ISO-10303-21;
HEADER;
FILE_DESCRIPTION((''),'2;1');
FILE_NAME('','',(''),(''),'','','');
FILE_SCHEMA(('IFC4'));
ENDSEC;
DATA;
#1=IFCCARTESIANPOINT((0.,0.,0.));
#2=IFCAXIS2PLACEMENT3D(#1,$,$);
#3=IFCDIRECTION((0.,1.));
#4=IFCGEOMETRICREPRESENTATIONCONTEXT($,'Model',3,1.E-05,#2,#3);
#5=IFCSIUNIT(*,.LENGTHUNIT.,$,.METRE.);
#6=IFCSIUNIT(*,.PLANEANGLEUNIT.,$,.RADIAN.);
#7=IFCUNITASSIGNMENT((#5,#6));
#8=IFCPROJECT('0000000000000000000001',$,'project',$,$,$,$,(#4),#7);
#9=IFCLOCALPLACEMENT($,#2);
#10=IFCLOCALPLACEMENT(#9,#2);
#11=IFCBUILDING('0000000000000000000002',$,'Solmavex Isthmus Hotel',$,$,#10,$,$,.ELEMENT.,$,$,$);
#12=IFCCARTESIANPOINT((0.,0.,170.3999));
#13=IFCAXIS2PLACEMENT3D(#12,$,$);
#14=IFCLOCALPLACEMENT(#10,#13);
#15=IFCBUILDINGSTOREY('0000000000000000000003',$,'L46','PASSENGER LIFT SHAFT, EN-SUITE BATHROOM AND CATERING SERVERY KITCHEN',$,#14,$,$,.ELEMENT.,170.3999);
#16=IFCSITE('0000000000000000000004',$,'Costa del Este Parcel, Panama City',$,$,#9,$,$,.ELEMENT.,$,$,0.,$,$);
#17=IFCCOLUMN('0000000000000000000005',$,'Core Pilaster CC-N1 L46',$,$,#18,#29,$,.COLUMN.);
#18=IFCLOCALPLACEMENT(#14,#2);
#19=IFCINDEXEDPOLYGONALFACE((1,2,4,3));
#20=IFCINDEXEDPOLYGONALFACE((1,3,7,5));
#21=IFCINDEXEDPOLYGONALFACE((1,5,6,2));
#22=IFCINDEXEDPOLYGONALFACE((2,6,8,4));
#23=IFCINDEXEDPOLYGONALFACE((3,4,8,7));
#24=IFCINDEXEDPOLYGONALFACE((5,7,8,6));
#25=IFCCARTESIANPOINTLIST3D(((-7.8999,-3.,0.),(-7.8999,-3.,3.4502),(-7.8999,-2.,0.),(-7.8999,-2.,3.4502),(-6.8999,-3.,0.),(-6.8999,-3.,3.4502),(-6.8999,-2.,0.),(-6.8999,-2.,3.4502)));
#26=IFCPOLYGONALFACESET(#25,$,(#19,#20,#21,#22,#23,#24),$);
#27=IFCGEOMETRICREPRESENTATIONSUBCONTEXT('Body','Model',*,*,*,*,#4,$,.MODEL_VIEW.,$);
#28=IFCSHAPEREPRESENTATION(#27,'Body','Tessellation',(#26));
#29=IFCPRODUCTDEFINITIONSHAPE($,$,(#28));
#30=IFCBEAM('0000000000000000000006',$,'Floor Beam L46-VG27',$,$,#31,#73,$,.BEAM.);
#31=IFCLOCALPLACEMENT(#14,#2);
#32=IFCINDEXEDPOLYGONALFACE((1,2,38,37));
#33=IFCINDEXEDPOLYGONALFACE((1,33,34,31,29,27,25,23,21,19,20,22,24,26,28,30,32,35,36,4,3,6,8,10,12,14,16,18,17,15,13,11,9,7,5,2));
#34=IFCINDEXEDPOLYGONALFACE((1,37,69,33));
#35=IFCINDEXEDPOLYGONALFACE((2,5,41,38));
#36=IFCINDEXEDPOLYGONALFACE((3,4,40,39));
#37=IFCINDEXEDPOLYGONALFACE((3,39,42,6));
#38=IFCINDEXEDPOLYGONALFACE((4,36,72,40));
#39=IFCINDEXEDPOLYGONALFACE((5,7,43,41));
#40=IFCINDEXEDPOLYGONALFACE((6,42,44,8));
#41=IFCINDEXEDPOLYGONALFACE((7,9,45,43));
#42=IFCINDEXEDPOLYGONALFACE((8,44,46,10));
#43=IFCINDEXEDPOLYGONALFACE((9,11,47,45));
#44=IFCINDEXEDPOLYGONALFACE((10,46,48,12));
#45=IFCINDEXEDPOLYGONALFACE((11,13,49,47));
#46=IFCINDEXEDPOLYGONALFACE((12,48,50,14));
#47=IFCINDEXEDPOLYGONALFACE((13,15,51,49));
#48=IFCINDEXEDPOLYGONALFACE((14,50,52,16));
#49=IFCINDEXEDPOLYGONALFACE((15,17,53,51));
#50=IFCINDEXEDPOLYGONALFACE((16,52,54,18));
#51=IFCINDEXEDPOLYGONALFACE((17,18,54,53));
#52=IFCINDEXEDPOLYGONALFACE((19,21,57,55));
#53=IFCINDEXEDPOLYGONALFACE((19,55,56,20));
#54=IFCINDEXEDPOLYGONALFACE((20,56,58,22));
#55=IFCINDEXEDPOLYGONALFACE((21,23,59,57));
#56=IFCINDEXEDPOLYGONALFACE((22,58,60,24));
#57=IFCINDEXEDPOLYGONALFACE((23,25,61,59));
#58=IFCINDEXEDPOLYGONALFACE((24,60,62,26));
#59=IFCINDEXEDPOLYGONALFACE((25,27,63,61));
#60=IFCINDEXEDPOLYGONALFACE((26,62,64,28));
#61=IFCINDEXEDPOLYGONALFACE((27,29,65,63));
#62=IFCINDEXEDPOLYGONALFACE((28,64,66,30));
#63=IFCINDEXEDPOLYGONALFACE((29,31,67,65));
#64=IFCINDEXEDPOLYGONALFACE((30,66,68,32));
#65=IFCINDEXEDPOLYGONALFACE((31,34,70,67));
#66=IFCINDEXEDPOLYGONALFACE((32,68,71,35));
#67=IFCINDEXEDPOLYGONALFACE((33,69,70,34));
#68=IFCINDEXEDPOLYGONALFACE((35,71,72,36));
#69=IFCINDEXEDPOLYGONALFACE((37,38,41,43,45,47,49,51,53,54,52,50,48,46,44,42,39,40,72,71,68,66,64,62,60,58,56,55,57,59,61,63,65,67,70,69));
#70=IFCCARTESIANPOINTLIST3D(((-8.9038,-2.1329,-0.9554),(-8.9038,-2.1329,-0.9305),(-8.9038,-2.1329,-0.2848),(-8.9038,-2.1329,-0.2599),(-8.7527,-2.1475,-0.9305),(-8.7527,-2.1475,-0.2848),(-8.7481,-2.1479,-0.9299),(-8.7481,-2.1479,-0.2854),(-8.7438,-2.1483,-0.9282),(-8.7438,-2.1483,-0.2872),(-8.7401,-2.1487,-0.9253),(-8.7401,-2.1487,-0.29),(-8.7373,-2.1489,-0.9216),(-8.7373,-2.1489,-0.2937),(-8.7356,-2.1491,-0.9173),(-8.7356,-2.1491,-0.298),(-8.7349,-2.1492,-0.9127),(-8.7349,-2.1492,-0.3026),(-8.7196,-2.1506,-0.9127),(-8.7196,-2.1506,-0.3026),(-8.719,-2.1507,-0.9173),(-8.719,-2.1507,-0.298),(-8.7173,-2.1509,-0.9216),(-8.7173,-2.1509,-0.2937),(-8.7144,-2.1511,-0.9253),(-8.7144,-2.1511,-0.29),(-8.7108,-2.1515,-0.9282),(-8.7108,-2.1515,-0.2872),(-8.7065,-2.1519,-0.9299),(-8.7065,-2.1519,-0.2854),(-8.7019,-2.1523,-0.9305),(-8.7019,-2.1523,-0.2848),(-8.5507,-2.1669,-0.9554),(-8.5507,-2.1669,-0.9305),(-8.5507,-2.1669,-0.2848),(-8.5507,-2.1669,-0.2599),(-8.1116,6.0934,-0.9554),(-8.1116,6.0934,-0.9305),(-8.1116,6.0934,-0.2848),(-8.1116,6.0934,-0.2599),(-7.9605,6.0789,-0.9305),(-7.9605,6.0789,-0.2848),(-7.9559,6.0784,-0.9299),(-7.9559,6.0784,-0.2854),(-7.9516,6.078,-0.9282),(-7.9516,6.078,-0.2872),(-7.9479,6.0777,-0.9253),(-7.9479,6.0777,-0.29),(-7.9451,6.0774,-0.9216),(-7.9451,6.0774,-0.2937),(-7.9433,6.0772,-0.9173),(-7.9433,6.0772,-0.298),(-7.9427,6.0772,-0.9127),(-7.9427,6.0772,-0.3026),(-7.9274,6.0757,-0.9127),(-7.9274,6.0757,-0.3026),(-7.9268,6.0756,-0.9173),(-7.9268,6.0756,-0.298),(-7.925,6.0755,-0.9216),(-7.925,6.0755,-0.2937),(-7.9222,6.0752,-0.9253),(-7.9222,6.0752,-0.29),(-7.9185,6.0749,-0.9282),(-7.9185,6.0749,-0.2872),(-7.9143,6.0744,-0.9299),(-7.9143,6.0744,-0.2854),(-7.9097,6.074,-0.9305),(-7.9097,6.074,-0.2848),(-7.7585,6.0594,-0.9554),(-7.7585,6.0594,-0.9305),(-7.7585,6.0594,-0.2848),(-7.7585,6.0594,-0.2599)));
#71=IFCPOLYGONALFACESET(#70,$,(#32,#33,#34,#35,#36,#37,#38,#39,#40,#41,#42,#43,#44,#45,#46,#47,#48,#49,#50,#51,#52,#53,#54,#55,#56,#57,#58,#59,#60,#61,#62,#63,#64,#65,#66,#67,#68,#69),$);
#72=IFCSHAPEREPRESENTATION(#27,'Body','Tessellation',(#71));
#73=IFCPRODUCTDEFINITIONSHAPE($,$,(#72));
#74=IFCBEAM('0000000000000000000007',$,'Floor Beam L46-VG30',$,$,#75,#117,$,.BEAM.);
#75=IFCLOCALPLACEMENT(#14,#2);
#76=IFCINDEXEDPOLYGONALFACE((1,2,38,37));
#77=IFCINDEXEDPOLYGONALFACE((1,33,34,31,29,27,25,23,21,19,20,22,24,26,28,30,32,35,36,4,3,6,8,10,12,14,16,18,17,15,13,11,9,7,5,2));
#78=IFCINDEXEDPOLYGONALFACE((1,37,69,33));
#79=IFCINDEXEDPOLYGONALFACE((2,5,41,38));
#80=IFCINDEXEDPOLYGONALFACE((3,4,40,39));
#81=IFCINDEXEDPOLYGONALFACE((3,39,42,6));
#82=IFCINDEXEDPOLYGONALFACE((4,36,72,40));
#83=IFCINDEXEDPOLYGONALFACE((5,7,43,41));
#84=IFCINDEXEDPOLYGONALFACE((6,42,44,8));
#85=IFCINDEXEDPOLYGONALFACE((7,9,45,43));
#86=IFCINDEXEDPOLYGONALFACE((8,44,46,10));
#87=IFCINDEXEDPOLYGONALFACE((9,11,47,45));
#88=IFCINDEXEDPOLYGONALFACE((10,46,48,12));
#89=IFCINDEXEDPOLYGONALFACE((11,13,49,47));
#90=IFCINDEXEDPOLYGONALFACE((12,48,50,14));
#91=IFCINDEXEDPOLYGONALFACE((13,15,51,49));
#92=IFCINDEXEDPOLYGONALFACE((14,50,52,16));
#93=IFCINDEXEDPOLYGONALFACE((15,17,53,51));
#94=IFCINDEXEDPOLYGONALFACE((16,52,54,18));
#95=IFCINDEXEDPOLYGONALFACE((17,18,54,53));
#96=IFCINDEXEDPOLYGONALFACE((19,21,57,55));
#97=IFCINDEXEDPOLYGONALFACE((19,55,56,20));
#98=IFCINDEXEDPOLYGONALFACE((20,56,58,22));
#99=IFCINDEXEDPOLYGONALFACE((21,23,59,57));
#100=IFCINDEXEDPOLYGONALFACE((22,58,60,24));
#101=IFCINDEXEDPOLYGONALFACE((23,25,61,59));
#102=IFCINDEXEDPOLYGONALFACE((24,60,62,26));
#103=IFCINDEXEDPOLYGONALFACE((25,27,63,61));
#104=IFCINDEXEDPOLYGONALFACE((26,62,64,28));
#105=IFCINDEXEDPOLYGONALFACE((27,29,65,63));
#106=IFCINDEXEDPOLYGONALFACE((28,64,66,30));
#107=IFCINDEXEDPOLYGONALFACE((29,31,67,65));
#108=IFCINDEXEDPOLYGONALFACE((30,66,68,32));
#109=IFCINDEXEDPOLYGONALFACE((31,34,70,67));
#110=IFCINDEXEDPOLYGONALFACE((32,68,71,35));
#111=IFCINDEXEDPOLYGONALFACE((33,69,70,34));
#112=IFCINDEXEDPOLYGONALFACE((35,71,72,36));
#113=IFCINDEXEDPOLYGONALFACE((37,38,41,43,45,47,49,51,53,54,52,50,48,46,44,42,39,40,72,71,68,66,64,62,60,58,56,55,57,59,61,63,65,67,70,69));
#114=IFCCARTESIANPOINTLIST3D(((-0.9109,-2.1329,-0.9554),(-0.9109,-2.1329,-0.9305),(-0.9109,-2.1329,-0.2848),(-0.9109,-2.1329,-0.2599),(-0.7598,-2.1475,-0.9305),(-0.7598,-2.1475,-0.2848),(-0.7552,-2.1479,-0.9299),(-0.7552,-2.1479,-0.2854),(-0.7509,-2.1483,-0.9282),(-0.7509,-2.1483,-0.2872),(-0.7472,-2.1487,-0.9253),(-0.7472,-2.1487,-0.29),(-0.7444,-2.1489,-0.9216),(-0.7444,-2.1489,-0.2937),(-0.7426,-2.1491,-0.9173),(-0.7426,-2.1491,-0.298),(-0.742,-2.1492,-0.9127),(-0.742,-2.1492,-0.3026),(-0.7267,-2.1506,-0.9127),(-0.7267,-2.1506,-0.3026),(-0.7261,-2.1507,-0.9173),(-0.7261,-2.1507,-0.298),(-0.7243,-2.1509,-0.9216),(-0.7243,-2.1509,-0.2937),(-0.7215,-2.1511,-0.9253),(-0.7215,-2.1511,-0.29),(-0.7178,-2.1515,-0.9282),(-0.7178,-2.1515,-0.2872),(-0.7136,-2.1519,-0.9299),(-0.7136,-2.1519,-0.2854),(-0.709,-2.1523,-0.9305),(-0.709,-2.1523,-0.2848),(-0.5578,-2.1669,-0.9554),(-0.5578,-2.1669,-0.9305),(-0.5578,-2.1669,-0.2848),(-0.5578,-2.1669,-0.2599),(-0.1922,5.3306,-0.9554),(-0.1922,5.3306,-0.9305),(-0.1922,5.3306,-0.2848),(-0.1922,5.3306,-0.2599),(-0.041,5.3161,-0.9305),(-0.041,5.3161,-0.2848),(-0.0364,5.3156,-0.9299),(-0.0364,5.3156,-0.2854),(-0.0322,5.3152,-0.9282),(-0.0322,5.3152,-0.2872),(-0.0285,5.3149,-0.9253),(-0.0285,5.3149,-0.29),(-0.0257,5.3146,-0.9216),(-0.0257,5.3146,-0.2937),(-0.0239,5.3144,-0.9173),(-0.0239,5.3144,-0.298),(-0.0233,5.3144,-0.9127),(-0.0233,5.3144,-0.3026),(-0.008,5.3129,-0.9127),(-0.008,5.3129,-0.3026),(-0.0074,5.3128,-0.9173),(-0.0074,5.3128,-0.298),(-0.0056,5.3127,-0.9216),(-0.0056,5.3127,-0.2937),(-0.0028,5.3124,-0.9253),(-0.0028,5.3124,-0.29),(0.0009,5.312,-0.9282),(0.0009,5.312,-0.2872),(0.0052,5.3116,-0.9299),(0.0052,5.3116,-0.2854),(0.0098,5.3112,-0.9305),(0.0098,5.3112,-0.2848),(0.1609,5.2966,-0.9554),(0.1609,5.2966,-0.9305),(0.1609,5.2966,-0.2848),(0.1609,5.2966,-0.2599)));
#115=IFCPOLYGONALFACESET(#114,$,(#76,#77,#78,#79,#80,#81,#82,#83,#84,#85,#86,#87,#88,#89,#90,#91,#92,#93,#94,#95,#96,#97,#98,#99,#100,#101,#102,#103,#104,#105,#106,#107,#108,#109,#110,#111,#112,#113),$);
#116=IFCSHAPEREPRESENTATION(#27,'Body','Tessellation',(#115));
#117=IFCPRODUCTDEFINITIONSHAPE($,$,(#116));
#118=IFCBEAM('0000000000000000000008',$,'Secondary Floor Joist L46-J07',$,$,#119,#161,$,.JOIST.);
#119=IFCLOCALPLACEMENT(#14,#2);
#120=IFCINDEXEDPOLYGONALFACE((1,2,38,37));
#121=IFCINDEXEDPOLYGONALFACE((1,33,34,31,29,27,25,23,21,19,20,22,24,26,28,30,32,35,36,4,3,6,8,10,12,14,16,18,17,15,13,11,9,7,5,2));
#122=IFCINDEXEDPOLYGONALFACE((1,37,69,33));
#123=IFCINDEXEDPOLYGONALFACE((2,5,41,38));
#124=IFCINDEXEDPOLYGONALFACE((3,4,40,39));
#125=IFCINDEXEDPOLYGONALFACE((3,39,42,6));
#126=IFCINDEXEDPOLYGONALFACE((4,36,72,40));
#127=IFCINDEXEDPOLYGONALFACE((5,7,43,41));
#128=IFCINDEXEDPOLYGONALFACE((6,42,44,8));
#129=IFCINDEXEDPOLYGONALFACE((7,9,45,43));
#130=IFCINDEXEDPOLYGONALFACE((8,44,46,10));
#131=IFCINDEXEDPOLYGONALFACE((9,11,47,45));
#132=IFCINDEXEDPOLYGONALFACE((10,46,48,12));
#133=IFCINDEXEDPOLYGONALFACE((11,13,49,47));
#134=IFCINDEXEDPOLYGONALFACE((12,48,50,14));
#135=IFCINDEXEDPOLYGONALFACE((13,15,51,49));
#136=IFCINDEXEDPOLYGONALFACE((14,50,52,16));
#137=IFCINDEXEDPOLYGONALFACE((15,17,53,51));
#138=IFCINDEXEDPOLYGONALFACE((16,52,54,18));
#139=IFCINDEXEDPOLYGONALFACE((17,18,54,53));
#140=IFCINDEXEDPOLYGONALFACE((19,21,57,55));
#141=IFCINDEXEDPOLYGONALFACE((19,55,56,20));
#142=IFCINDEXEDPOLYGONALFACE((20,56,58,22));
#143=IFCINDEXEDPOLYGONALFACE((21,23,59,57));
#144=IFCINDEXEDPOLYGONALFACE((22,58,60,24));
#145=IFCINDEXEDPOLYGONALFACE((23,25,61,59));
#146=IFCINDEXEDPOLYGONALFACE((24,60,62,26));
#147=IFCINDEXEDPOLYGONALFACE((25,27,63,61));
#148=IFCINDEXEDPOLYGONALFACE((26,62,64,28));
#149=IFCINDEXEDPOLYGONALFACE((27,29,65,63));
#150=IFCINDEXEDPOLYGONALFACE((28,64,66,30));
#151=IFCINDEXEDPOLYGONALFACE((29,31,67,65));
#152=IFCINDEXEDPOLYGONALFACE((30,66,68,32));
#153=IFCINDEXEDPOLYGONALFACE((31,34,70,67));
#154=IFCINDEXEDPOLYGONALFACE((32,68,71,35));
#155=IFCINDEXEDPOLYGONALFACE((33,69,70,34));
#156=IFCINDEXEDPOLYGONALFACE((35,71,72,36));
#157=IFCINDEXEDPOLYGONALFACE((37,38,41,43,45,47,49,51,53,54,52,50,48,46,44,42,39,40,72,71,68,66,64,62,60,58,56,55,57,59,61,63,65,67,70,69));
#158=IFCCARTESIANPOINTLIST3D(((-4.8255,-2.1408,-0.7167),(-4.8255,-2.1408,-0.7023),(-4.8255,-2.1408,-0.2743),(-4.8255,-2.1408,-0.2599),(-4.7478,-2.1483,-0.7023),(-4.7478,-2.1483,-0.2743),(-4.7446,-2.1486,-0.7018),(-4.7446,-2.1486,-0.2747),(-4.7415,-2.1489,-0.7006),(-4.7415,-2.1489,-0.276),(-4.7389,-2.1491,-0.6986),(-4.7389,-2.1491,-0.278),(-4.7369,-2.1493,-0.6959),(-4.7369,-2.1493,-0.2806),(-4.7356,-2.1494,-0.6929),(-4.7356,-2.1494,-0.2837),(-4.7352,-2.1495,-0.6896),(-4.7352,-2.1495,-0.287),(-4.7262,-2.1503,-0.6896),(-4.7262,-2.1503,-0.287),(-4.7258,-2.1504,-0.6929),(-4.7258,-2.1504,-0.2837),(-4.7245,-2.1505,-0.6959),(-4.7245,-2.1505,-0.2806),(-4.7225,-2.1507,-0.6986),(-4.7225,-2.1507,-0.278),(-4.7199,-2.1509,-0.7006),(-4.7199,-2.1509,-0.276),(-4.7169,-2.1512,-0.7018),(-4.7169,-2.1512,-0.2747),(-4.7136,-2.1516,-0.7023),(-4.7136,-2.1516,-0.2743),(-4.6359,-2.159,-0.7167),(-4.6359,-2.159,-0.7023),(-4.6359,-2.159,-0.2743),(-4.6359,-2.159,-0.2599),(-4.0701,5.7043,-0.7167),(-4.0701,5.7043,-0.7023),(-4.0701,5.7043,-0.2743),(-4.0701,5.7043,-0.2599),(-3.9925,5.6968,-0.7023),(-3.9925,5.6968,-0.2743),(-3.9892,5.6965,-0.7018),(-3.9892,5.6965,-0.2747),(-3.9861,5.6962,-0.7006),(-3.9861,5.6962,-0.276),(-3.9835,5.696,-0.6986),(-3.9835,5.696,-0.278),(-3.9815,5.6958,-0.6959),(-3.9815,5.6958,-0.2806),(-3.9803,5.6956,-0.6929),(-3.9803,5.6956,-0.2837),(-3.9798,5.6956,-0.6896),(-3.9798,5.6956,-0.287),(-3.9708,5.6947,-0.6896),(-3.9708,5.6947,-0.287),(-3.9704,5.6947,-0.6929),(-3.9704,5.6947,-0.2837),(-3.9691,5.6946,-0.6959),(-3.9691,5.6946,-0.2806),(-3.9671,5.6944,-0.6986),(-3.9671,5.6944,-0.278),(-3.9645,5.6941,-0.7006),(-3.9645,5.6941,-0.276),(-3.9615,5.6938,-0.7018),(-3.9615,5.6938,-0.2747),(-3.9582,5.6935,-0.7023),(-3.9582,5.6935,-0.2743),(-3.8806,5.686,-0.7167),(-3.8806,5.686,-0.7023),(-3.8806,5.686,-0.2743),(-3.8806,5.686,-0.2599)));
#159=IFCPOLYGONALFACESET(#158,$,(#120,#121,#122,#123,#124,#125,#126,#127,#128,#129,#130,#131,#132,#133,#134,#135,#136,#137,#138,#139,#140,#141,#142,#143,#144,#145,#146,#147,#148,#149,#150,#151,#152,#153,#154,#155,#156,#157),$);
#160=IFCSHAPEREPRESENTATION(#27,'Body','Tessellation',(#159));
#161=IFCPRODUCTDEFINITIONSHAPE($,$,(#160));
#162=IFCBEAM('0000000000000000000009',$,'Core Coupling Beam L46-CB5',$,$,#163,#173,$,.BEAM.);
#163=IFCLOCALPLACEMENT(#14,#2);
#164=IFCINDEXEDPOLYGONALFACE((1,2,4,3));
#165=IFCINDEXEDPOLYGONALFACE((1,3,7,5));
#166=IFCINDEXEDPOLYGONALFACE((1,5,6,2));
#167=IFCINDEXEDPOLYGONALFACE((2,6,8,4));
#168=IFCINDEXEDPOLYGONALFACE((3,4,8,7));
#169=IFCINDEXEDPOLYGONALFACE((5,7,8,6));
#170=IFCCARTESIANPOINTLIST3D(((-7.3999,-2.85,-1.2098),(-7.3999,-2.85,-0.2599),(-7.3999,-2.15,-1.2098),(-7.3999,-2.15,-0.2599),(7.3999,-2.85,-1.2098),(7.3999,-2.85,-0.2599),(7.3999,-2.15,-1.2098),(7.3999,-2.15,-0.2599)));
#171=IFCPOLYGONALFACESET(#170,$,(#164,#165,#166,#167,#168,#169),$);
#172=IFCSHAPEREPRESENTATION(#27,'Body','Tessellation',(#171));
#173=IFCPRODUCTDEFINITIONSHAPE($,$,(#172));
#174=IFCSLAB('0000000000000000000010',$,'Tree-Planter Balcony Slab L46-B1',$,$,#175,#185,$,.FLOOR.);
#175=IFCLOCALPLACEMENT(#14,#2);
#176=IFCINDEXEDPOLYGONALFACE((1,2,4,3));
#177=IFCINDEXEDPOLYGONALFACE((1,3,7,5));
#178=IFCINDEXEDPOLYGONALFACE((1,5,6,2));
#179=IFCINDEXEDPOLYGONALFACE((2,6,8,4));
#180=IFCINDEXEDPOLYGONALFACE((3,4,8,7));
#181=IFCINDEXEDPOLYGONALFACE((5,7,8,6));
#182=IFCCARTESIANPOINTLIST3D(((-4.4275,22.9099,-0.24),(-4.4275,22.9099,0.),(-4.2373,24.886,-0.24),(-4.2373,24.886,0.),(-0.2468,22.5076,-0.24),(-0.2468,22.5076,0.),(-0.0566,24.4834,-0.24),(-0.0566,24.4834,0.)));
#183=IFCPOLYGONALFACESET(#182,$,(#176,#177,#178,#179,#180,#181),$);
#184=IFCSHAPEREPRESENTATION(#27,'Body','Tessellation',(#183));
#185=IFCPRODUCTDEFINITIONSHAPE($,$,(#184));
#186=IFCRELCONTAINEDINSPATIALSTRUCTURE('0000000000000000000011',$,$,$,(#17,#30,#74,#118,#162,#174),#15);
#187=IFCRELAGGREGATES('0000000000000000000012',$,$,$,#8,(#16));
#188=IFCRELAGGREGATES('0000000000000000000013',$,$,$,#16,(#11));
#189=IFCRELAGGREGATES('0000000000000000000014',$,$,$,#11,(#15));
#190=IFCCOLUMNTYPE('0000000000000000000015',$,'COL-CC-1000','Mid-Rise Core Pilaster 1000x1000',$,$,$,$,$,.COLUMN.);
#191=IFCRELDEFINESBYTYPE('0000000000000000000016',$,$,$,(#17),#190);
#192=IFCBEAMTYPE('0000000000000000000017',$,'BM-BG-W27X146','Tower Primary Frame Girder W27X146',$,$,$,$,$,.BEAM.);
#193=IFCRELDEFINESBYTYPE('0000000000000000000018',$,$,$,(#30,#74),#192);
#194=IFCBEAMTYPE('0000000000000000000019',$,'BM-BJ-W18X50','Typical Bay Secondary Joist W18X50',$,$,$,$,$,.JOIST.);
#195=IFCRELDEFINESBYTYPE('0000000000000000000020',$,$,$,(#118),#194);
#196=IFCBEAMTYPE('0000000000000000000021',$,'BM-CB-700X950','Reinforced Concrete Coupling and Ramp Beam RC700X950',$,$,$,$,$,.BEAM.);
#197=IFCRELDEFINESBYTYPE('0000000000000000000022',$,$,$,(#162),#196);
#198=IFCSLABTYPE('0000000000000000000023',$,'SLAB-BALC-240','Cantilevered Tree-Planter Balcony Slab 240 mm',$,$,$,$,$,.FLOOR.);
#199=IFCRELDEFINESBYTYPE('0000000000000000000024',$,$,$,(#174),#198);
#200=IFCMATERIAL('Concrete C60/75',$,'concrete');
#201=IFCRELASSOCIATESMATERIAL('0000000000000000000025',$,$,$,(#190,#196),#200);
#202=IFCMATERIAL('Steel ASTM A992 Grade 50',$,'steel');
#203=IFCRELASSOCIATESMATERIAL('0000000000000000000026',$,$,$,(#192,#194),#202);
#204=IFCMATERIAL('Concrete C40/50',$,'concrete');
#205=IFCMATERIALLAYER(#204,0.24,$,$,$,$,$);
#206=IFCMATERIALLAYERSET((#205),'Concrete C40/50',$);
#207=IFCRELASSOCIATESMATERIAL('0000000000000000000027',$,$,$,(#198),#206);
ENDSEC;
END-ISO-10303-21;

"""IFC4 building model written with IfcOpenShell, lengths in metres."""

from ifc_helpers import new_model, si_unit, direction, frame, origin, origin_2d, place, context, subcontext, project, spatial, polyline, rectangle, i_section, outline, extrude, material, layer, layer_set, material_profile, profile_set, type_object, element, save


model = new_model("IFC4")

# Units and contexts
model_context = context("Model", 3, precision=1e-05, world=origin(), true_north=direction((0.0, 1.0)))
body_context = subcontext(model_context, "Body", "Model", "MODEL_VIEW")
ifc_project = project(units=[si_unit("LENGTHUNIT", "METRE"), si_unit("PLANEANGLEUNIT", "RADIAN")], contexts=[model_context])

# Site, building, storey
site_placement = place(None, origin())
site = spatial("IfcSite", under=ifc_project, at=site_placement, Name="Costa del Este Parcel, Panama City", CompositionType="ELEMENT", RefElevation=0.0)
building_placement = place(site_placement, origin())
building = spatial("IfcBuilding", under=site, at=building_placement, Name="Solmavex Isthmus Hotel", CompositionType="ELEMENT")
storey_placement = place(building_placement, frame((0.0, 0.0, 170.3999)))
storey = spatial("IfcBuildingStorey", under=building, at=storey_placement, Name="L46", Description="PASSENGER LIFT SHAFT, EN-SUITE BATHROOM AND CATERING SERVERY KITCHEN", CompositionType="ELEMENT", Elevation=170.3999)

# Column
ifc_material_1 = material(Name="Concrete C60/75", Category="concrete")
ifc_material_profile_1 = material_profile(ifc_material_1, rectangle(XDim=1.0, YDim=1.0, at=origin_2d()), Name="RC1000X1000")
ifc_profile_set_1 = profile_set([ifc_material_profile_1], Name="Concrete C60/75")
column_type = type_object("IfcColumnType", Name="COL-CC-1000", Description="Mid-Rise Core Pilaster 1000x1000", PredefinedType="COLUMN", material=ifc_profile_set_1)
column_placement = place(storey_placement, frame((-7.3999, -2.5, 0.0), z_axis=(0.0, 0.0, 1.0), x_axis=(1.0, 0.0, 0.0)))
element("IfcColumn", 1, at=column_placement, inside=storey, type_object=column_type, Name="Core Pilaster CC-N1 L46", PredefinedType="COLUMN", context=body_context, shape_type="SweptSolid", body=[
    extrude(rectangle(XDim=1.0, YDim=1.0, at=origin_2d()), origin(), (0.0, 0.0, 1.0), 3.4502),
])

# Beams
ifc_material_2 = material(Name="Steel ASTM A992 Grade 50", Category="steel")
ifc_material_profile_2 = material_profile(ifc_material_2, i_section(OverallWidth=0.3547, OverallDepth=0.6956, WebThickness=0.0154, FlangeThickness=0.0249, FilletRadius=0.0178, at=origin_2d()), Name="W27X146")
ifc_profile_set_2 = profile_set([ifc_material_profile_2], Name="Steel ASTM A992 Grade 50")
beam_type_1 = type_object("IfcBeamType", Name="BM-BG-W27X146", Description="Tower Primary Frame Girder W27X146", PredefinedType="BEAM", material=ifc_profile_set_2)
beam_1_placement = place(storey_placement, frame((-8.7273, -2.1499, -0.6077), z_axis=(0.095862, 0.995395, 0.0), x_axis=(-0.995395, 0.095862, 0.0)))
element("IfcBeam", 2, at=beam_1_placement, inside=storey, type_object=beam_type_1, Name="Floor Beam L46-VG27", PredefinedType="BEAM", context=body_context, shape_type="SweptSolid", body=[
    extrude(i_section(OverallWidth=0.3547, OverallDepth=0.6956, WebThickness=0.0154, FlangeThickness=0.0249, FilletRadius=0.0178, at=origin_2d()), origin(), (0.0, 0.0, 1.0), 8.2644),
])
beam_2_placement = place(storey_placement, frame((-0.7344, -2.1499, -0.6077), z_axis=(0.095857, 0.995395, 0.0), x_axis=(-0.995395, 0.095857, 0.0)))
element("IfcBeam", 3, at=beam_2_placement, inside=storey, type_object=beam_type_1, Name="Floor Beam L46-VG30", PredefinedType="BEAM", context=body_context, shape_type="SweptSolid", body=[
    extrude(i_section(OverallWidth=0.3547, OverallDepth=0.6956, WebThickness=0.0154, FlangeThickness=0.0249, FilletRadius=0.0178, at=origin_2d()), origin(), (0.0, 0.0, 1.0), 7.498),
])
ifc_material_profile_3 = material_profile(ifc_material_2, i_section(OverallWidth=0.1904, OverallDepth=0.4568, WebThickness=0.009, FlangeThickness=0.0144, FilletRadius=0.0127, at=origin_2d()), Name="W18X50")
ifc_profile_set_3 = profile_set([ifc_material_profile_3], Name="Steel ASTM A992 Grade 50")
beam_type_2 = type_object("IfcBeamType", Name="BM-BJ-W18X50", Description="Typical Bay Secondary Joist W18X50", PredefinedType="JOIST", material=ifc_profile_set_3)
beam_3_placement = place(storey_placement, frame((-4.7307, -2.1499, -0.4883), z_axis=(0.095844, 0.995396, 0.0), x_axis=(-0.995396, 0.095844, 0.0)))
element("IfcBeam", 4, at=beam_3_placement, inside=storey, type_object=beam_type_2, Name="Secondary Floor Joist L46-J07", PredefinedType="JOIST", context=body_context, shape_type="SweptSolid", body=[
    extrude(i_section(OverallWidth=0.1904, OverallDepth=0.4568, WebThickness=0.009, FlangeThickness=0.0144, FilletRadius=0.0127, at=origin_2d()), origin(), (0.0, 0.0, 1.0), 7.8813),
])
ifc_material_profile_4 = material_profile(ifc_material_1, rectangle(XDim=0.7, YDim=0.95, at=origin_2d()), Name="RC700X950")
ifc_profile_set_4 = profile_set([ifc_material_profile_4], Name="Concrete C60/75")
beam_type_3 = type_object("IfcBeamType", Name="BM-CB-700X950", Description="Reinforced Concrete Coupling and Ramp Beam RC700X950", PredefinedType="BEAM", material=ifc_profile_set_4)
beam_4_placement = place(storey_placement, frame((-7.3999, -2.5, -0.7349), z_axis=(1.0, 0.0, 0.0), x_axis=(0.0, 1.0, 0.0)))
element("IfcBeam", 5, at=beam_4_placement, inside=storey, type_object=beam_type_3, Name="Core Coupling Beam L46-CB5", PredefinedType="BEAM", context=body_context, shape_type="SweptSolid", body=[
    extrude(rectangle(XDim=0.7, YDim=0.95, at=origin_2d()), origin(), (0.0, 0.0, 1.0), 14.7998),
])

# Slab
ifc_material_3 = material(Name="Concrete C40/50", Category="concrete")
ifc_layer_1 = layer(ifc_material_3, 0.24)
ifc_layer_set_1 = layer_set([ifc_layer_1], Name="Concrete C40/50")
slab_type_1 = type_object("IfcSlabType", Name="SLAB-BALC-240", Description="Cantilevered Tree-Planter Balcony Slab 240 mm", PredefinedType="FLOOR", material=ifc_layer_set_1)
slab_1_placement = place(storey_placement, frame((0.0, 0.0, -0.24)))
element("IfcSlab", 6, at=slab_1_placement, inside=storey, type_object=slab_type_1, Name="Tree-Planter Balcony Slab L46-B1", PredefinedType="FLOOR", context=body_context, shape_type="SweptSolid", body=[
    extrude(outline(polyline([(-4.4275, 22.9099), (-0.2468, 22.5076), (-0.0566, 24.4834), (-4.2373, 24.886), (-4.4275, 22.9099)])), origin(), (0.0, 0.0, 1.0), 0.24),
])

save(model, "model.ifc")
